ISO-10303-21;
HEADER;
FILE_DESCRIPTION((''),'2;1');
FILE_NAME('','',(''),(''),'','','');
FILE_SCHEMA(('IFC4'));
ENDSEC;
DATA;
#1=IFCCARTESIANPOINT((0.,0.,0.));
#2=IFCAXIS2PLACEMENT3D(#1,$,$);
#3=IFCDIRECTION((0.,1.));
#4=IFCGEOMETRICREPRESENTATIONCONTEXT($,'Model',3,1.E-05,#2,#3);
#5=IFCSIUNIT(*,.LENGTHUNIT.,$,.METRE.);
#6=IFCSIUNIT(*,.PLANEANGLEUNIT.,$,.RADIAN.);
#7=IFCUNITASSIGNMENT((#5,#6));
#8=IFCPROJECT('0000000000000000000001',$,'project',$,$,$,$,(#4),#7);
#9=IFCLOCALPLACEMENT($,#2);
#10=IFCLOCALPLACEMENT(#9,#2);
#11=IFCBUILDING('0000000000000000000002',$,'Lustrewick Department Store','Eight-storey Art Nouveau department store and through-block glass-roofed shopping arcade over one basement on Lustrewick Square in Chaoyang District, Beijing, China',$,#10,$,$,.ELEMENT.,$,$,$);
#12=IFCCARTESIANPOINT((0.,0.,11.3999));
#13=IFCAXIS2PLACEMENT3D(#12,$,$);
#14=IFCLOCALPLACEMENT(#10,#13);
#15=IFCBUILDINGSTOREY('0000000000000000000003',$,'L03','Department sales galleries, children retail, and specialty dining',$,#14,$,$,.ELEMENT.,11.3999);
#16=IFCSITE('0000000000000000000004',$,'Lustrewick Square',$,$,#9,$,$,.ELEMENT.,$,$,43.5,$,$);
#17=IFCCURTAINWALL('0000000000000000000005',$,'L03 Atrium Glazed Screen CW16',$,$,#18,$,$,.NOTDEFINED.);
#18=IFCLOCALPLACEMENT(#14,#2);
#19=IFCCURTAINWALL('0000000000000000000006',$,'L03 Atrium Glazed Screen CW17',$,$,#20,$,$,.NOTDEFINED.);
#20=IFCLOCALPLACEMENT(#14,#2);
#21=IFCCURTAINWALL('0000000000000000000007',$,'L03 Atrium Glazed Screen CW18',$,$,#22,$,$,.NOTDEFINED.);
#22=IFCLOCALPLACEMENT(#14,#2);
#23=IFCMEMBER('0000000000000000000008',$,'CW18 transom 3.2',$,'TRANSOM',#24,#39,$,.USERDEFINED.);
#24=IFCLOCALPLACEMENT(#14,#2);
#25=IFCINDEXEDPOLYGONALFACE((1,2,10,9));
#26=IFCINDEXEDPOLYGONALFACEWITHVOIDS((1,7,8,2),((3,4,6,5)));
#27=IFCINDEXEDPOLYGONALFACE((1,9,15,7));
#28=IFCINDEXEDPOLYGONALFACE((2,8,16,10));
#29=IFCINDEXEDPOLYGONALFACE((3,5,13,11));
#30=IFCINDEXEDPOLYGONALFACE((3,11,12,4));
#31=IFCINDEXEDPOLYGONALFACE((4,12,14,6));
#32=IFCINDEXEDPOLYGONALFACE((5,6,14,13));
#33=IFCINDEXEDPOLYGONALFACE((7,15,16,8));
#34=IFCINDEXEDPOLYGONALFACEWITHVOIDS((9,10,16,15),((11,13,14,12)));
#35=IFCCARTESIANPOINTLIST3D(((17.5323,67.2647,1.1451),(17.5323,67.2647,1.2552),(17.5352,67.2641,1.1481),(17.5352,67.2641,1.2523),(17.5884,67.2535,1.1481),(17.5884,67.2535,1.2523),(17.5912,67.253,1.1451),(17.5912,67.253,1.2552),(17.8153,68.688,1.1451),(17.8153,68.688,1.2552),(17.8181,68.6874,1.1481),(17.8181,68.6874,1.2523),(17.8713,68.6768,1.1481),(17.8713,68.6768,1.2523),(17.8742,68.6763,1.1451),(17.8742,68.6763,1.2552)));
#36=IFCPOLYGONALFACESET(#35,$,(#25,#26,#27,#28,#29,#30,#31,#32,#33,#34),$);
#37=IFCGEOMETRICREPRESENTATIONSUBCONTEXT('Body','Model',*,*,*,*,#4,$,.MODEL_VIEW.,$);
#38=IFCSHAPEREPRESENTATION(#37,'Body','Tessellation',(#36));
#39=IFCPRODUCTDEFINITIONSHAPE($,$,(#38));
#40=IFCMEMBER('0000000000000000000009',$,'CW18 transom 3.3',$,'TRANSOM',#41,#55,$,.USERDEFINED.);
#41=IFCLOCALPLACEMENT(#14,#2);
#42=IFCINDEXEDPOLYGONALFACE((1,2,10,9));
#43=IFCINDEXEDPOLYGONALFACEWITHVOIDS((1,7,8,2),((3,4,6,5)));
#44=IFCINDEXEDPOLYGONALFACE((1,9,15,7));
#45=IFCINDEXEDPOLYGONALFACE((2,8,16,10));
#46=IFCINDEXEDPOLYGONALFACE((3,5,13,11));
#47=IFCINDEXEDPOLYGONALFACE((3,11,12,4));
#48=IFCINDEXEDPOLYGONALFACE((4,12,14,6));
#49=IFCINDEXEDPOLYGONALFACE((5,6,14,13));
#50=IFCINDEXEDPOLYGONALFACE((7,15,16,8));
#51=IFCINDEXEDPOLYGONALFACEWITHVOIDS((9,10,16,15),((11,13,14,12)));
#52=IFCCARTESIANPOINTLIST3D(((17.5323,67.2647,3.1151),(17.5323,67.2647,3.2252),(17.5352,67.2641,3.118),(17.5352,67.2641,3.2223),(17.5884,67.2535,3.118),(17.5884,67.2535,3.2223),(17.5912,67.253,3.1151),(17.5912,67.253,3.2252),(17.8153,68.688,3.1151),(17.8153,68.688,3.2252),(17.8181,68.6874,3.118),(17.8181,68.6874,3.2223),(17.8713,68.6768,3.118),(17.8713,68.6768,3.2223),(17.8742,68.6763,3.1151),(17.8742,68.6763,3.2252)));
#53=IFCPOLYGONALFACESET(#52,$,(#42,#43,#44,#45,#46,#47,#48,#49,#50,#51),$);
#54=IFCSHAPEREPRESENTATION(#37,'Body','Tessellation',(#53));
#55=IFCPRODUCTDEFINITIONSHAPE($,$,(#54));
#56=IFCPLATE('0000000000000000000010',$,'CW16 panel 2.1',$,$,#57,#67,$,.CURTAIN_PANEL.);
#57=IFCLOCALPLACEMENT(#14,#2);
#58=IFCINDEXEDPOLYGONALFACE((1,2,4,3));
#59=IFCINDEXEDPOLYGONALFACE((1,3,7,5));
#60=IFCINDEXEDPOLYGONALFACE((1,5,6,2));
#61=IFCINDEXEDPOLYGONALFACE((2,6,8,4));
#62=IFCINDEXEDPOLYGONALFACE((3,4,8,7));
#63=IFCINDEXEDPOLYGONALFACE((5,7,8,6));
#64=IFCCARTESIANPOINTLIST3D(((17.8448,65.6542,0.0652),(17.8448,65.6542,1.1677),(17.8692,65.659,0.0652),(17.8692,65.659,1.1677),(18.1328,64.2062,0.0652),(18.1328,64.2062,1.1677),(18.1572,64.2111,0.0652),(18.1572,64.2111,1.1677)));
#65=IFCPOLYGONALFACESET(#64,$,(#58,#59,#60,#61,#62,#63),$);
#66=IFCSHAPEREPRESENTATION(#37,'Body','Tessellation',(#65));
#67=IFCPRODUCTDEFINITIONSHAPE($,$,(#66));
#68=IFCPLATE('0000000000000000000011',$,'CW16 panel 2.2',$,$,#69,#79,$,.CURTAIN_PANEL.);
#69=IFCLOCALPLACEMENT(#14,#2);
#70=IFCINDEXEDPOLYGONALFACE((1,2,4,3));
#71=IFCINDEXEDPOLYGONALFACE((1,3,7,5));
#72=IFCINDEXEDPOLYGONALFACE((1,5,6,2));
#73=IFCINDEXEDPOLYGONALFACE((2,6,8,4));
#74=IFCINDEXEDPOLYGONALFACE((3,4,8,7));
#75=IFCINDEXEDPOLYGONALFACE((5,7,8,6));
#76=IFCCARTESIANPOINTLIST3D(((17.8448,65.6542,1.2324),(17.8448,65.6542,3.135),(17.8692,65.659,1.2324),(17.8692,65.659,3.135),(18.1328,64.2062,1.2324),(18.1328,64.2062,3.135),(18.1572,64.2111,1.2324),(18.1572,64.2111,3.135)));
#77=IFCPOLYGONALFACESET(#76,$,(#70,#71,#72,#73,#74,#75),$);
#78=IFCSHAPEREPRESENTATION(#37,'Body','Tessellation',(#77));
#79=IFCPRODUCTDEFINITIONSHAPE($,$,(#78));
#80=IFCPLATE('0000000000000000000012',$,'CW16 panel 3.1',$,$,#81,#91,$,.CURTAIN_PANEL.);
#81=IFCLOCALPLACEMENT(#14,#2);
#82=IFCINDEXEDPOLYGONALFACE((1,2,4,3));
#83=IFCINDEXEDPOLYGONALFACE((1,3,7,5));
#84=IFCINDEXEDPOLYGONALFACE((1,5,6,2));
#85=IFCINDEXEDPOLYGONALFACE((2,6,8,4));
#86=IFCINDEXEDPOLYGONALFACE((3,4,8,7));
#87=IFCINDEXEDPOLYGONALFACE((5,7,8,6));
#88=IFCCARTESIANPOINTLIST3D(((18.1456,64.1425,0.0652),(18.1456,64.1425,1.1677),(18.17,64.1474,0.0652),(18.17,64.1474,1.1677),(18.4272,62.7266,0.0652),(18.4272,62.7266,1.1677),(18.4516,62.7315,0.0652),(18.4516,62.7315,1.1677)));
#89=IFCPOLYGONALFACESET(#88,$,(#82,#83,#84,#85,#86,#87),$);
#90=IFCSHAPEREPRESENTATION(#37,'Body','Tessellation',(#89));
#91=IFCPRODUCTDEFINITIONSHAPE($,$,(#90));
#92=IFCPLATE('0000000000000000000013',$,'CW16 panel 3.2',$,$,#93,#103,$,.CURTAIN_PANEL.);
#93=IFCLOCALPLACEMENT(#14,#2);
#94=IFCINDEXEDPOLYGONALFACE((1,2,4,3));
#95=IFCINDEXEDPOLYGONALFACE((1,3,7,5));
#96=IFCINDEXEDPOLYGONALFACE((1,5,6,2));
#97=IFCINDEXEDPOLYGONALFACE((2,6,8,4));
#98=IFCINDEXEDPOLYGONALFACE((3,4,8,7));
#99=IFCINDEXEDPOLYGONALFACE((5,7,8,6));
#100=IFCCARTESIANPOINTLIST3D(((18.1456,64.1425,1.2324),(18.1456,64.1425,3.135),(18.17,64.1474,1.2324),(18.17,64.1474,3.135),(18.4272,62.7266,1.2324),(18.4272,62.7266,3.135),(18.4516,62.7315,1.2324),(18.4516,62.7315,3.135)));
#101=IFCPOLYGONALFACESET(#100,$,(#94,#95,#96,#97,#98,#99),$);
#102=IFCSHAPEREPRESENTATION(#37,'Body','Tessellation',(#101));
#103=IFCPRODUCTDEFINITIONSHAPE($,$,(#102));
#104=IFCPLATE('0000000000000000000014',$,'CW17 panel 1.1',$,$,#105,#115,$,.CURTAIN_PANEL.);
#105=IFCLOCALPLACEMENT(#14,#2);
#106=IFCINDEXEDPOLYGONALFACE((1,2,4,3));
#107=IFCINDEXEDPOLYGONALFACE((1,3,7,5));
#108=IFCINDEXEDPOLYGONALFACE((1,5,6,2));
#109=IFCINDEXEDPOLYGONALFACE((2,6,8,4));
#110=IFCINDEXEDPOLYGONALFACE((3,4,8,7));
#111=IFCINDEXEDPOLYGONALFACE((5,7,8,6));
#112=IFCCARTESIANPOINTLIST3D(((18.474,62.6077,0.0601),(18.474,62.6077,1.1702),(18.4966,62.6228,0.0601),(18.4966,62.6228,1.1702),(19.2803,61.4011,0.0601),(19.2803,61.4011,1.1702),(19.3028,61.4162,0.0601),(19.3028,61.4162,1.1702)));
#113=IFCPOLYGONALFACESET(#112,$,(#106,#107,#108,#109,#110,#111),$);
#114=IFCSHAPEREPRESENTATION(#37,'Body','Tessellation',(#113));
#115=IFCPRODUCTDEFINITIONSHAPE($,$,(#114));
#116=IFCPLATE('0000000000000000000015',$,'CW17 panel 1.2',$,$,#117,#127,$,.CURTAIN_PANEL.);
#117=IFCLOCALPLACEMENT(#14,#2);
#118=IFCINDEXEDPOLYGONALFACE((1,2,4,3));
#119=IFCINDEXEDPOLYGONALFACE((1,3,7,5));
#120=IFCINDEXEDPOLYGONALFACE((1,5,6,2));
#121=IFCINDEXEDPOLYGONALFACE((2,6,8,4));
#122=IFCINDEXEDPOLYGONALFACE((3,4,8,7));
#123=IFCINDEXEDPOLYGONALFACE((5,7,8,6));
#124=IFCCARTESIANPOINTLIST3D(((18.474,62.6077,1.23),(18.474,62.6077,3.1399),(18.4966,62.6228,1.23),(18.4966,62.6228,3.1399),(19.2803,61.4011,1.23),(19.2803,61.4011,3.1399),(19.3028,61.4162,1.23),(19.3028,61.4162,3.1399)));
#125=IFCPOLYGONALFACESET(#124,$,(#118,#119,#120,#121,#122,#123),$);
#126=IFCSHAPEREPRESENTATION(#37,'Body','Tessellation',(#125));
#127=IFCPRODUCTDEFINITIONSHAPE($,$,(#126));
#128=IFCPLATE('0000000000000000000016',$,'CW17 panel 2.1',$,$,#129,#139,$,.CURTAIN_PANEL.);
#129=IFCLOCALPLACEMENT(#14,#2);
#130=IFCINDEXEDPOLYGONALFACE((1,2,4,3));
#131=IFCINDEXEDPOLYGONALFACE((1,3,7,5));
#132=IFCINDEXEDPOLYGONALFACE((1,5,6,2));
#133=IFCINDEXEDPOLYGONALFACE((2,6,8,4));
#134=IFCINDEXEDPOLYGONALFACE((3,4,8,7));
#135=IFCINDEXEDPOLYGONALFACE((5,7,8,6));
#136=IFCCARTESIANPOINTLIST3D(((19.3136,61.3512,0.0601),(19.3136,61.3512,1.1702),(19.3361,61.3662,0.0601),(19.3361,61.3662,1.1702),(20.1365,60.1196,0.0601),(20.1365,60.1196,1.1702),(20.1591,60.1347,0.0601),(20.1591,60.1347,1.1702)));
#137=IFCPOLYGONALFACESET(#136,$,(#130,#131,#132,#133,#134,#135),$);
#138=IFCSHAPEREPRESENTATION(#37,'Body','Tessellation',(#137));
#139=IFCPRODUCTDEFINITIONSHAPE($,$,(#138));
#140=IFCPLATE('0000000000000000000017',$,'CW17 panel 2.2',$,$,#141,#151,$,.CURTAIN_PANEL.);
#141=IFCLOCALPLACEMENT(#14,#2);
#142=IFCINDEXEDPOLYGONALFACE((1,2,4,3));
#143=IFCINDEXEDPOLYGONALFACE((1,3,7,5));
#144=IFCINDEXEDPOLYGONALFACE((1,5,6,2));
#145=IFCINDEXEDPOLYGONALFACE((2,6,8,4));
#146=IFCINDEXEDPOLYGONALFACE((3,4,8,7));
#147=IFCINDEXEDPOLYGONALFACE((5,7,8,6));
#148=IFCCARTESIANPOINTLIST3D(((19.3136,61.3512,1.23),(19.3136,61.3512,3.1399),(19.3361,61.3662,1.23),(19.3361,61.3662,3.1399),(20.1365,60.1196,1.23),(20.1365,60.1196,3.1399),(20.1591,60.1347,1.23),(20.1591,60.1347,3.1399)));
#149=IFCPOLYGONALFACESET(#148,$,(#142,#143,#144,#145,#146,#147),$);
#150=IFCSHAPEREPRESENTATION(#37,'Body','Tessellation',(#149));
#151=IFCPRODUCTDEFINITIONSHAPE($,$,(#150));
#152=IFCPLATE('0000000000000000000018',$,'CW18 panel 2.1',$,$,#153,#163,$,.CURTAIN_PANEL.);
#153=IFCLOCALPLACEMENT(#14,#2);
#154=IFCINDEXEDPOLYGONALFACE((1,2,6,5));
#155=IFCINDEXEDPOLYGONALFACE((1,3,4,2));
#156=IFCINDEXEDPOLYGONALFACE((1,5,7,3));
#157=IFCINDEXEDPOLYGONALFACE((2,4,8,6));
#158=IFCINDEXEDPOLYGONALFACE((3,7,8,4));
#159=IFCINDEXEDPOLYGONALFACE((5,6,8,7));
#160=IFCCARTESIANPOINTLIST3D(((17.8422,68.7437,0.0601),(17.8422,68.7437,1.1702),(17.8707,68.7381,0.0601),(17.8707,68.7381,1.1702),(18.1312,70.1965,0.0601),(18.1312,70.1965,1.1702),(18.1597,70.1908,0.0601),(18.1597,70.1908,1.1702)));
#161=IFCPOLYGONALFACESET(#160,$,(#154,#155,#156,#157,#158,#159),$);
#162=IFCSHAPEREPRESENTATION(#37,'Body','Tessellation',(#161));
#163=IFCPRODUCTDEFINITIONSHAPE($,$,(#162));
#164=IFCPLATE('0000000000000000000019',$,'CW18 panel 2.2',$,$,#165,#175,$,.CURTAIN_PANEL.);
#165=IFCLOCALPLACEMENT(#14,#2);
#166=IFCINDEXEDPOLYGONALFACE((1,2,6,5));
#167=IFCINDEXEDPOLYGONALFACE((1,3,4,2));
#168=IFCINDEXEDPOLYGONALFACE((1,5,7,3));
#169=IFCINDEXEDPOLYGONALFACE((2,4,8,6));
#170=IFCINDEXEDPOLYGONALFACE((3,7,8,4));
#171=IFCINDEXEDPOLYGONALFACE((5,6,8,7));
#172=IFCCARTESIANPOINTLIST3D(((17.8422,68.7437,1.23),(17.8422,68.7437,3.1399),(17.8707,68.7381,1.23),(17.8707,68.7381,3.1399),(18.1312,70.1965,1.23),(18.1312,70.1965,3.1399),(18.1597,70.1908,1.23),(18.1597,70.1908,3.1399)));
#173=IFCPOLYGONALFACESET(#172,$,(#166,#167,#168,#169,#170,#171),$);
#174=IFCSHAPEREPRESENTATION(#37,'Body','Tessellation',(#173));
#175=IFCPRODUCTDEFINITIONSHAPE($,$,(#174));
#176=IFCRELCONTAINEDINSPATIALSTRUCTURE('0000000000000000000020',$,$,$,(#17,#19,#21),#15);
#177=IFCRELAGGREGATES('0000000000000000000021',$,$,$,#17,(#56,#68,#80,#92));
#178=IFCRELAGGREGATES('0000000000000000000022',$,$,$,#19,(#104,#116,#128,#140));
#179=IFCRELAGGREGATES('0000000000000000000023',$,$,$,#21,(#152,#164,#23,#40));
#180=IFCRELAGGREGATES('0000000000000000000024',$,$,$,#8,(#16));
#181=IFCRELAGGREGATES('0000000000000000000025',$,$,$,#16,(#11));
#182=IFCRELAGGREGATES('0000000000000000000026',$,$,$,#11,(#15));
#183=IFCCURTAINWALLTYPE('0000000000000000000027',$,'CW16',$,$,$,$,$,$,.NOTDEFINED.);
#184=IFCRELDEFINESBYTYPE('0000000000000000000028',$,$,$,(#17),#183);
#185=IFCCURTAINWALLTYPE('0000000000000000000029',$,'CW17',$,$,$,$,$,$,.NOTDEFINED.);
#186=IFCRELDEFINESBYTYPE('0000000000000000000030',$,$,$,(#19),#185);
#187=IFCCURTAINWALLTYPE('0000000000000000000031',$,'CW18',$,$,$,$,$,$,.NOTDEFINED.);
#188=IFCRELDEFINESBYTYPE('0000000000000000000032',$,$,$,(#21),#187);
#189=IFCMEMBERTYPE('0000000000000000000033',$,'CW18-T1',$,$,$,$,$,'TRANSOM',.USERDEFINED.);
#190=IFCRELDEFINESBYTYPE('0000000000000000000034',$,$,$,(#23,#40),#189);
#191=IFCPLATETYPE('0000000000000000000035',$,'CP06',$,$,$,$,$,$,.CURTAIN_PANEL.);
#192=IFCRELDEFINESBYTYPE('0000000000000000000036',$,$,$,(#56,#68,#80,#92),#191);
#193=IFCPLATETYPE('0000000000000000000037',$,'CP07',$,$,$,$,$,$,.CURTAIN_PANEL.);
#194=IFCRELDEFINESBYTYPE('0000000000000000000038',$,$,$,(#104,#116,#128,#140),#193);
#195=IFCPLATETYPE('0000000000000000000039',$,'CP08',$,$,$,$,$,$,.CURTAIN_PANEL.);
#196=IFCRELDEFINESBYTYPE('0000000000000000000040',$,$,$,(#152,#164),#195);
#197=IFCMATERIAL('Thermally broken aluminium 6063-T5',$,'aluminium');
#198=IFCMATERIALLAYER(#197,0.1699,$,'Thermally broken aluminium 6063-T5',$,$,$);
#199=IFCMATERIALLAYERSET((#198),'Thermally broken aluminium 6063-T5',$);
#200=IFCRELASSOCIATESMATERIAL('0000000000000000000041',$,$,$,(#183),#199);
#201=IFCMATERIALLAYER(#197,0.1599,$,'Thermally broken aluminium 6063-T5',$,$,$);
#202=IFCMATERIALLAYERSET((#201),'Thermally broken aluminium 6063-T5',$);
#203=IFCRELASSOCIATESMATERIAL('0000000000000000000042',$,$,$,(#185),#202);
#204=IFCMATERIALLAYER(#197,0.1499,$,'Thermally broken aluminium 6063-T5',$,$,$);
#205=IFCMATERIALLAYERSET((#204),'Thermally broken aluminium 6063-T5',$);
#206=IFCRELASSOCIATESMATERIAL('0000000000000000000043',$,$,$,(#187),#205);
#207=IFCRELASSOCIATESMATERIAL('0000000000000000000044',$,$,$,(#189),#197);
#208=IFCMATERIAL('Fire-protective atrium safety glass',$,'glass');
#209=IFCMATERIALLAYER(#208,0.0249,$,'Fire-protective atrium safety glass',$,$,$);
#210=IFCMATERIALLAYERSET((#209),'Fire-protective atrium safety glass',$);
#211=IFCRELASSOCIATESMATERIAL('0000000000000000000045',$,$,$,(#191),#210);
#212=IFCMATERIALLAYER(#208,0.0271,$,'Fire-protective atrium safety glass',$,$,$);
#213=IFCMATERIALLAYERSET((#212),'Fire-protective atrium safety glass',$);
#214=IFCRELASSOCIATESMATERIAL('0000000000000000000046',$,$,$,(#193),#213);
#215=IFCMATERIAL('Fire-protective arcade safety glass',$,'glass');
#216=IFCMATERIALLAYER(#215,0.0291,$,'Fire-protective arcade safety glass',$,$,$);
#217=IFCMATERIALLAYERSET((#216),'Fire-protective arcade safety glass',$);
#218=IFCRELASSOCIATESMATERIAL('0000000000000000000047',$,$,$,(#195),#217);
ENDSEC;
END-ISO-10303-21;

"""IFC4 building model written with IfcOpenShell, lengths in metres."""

from ifc_helpers import new_model, si_unit, direction, frame, origin, origin_2d, place, context, subcontext, project, spatial, rectangle, hollow_rectangle, extrude, material, layer, layer_set, material_profile, profile_set, type_object, element, aggregate, save


model = new_model("IFC4")

# Units and contexts
model_context = context("Model", 3, precision=1e-05, world=origin(), true_north=direction((0.0, 1.0)))
body_context = subcontext(model_context, "Body", "Model", "MODEL_VIEW")
ifc_project = project(units=[si_unit("LENGTHUNIT", "METRE"), si_unit("PLANEANGLEUNIT", "RADIAN")], contexts=[model_context])

# Site, building, storey
site_placement = place(None, origin())
site = spatial("IfcSite", under=ifc_project, at=site_placement, Name="Lustrewick Square", CompositionType="ELEMENT", RefElevation=43.5)
building_placement = place(site_placement, origin())
building = spatial("IfcBuilding", under=site, at=building_placement, Name="Lustrewick Department Store", Description="Eight-storey Art Nouveau department store and through-block glass-roofed shopping arcade over one basement on Lustrewick Square in Chaoyang District, Beijing, China", CompositionType="ELEMENT")
storey_placement = place(building_placement, frame((0.0, 0.0, 11.3999)))
storey = spatial("IfcBuildingStorey", under=building, at=storey_placement, Name="L03", Description="Department sales galleries, children retail, and specialty dining", CompositionType="ELEMENT", Elevation=11.3999)

# Curtain walls, members
ifc_material_1 = material(Name="Thermally broken aluminium 6063-T5", Category="aluminium")
ifc_layer_1 = layer(ifc_material_1, 0.1699, Name="Thermally broken aluminium 6063-T5")
ifc_layer_set_1 = layer_set([ifc_layer_1], Name="Thermally broken aluminium 6063-T5")
curtain_wall_type_1 = type_object("IfcCurtainWallType", Name="CW16", PredefinedType="NOTDEFINED", material=ifc_layer_set_1)
curtain_wall_1_placement = place(storey_placement, origin())
curtain_wall_1 = element("IfcCurtainWall", 1, at=curtain_wall_1_placement, inside=storey, type_object=curtain_wall_type_1, Name="L03 Atrium Glazed Screen CW16", PredefinedType="NOTDEFINED")
ifc_layer_2 = layer(ifc_material_1, 0.1599, Name="Thermally broken aluminium 6063-T5")
ifc_layer_set_2 = layer_set([ifc_layer_2], Name="Thermally broken aluminium 6063-T5")
curtain_wall_type_2 = type_object("IfcCurtainWallType", Name="CW17", PredefinedType="NOTDEFINED", material=ifc_layer_set_2)
curtain_wall_2_placement = place(storey_placement, origin())
curtain_wall_2 = element("IfcCurtainWall", 2, at=curtain_wall_2_placement, inside=storey, type_object=curtain_wall_type_2, Name="L03 Atrium Glazed Screen CW17", PredefinedType="NOTDEFINED")
ifc_layer_3 = layer(ifc_material_1, 0.1499, Name="Thermally broken aluminium 6063-T5")
ifc_layer_set_3 = layer_set([ifc_layer_3], Name="Thermally broken aluminium 6063-T5")
curtain_wall_type_3 = type_object("IfcCurtainWallType", Name="CW18", PredefinedType="NOTDEFINED", material=ifc_layer_set_3)
curtain_wall_3_placement = place(storey_placement, origin())
curtain_wall_3 = element("IfcCurtainWall", 3, at=curtain_wall_3_placement, inside=storey, type_object=curtain_wall_type_3, Name="L03 Atrium Glazed Screen CW18", PredefinedType="NOTDEFINED")
ifc_material_profile_1 = material_profile(ifc_material_1, hollow_rectangle(XDim=0.0601, YDim=0.1101, WallThickness=0.0029, at=origin_2d()), Name="ALU-T 60x110x3")
ifc_profile_set_1 = profile_set([ifc_material_profile_1], Name="Thermally broken aluminium 6063-T5")
member_type_1 = type_object("IfcMemberType", Name="CW18-T1", ElementType="TRANSOM", PredefinedType="USERDEFINED", material=ifc_profile_set_1)
member_1_placement = place(storey_placement, frame((17.8447, 68.6821, 1.2002), z_axis=(-0.194984, -0.980806, 0.0), x_axis=(0.980806, -0.194984, 0.0)))
member_1 = element("IfcMember", 4, at=member_1_placement, type_object=member_type_1, Name="CW18 transom 3.2", ObjectType="TRANSOM", PredefinedType="USERDEFINED", context=body_context, shape_type="SweptSolid", body=[
    extrude(hollow_rectangle(XDim=0.0601, YDim=0.1101, WallThickness=0.0029, at=origin_2d()), origin(), (0.0, 0.0, 1.0), 1.4512),
])
member_2_placement = place(storey_placement, frame((17.8447, 68.6821, 3.1702), z_axis=(-0.194984, -0.980806, 0.0), x_axis=(0.980806, -0.194984, 0.0)))
member_2 = element("IfcMember", 5, at=member_2_placement, type_object=member_type_1, Name="CW18 transom 3.3", ObjectType="TRANSOM", PredefinedType="USERDEFINED", context=body_context, shape_type="SweptSolid", body=[
    extrude(hollow_rectangle(XDim=0.0601, YDim=0.1101, WallThickness=0.0029, at=origin_2d()), origin(), (0.0, 0.0, 1.0), 1.4512),
])

# Plates
ifc_material_2 = material(Name="Fire-protective atrium safety glass", Category="glass")
ifc_layer_4 = layer(ifc_material_2, 0.0249, Name="Fire-protective atrium safety glass")
ifc_layer_set_4 = layer_set([ifc_layer_4], Name="Fire-protective atrium safety glass")
plate_type_1 = type_object("IfcPlateType", Name="CP06", PredefinedType="CURTAIN_PANEL", material=ifc_layer_set_4)
plate_1_placement = place(storey_placement, frame((18.001, 64.9326, 0.0652), z_axis=(0.0, 0.0, 1.0), x_axis=(0.195085, -0.980786, 0.0)))
plate_1 = element("IfcPlate", 6, at=plate_1_placement, type_object=plate_type_1, Name="CW16 panel 2.1", PredefinedType="CURTAIN_PANEL", context=body_context, shape_type="SweptSolid", body=[
    extrude(rectangle(XDim=1.4763, YDim=0.0249, at=origin_2d()), origin(), (0.0, 0.0, 1.0), 1.1025),
])
plate_2_placement = place(storey_placement, frame((18.001, 64.9326, 1.2324), z_axis=(0.0, 0.0, 1.0), x_axis=(0.195085, -0.980786, 0.0)))
plate_2 = element("IfcPlate", 7, at=plate_2_placement, type_object=plate_type_1, Name="CW16 panel 2.2", PredefinedType="CURTAIN_PANEL", context=body_context, shape_type="SweptSolid", body=[
    extrude(rectangle(XDim=1.4763, YDim=0.0249, at=origin_2d()), origin(), (0.0, 0.0, 1.0), 1.9026),
])
plate_3_placement = place(storey_placement, frame((18.2986, 63.437, 0.0652), z_axis=(0.0, 0.0, 1.0), x_axis=(0.195085, -0.980786, 0.0)))
plate_3 = element("IfcPlate", 8, at=plate_3_placement, type_object=plate_type_1, Name="CW16 panel 3.1", PredefinedType="CURTAIN_PANEL", context=body_context, shape_type="SweptSolid", body=[
    extrude(rectangle(XDim=1.4436, YDim=0.0249, at=origin_2d()), origin(), (0.0, 0.0, 1.0), 1.1025),
])
plate_4_placement = place(storey_placement, frame((18.2986, 63.437, 1.2324), z_axis=(0.0, 0.0, 1.0), x_axis=(0.195085, -0.980786, 0.0)))
plate_4 = element("IfcPlate", 9, at=plate_4_placement, type_object=plate_type_1, Name="CW16 panel 3.2", PredefinedType="CURTAIN_PANEL", context=body_context, shape_type="SweptSolid", body=[
    extrude(rectangle(XDim=1.4436, YDim=0.0249, at=origin_2d()), origin(), (0.0, 0.0, 1.0), 1.9026),
])
aggregate(curtain_wall_1, [plate_1, plate_2, plate_3, plate_4])
ifc_layer_5 = layer(ifc_material_2, 0.0271, Name="Fire-protective atrium safety glass")
ifc_layer_set_5 = layer_set([ifc_layer_5], Name="Fire-protective atrium safety glass")
plate_type_2 = type_object("IfcPlateType", Name="CP07", PredefinedType="CURTAIN_PANEL", material=ifc_layer_set_5)
plate_5_placement = place(storey_placement, frame((18.8884, 62.012, 0.0601), z_axis=(0.0, 0.0, 1.0), x_axis=(0.555578, -0.831464, 0.0)))
plate_5 = element("IfcPlate", 10, at=plate_5_placement, type_object=plate_type_2, Name="CW17 panel 1.1", PredefinedType="CURTAIN_PANEL", context=body_context, shape_type="SweptSolid", body=[
    extrude(rectangle(XDim=1.4512, YDim=0.0271, at=origin_2d()), origin(), (0.0, 0.0, 1.0), 1.1101),
])
plate_6_placement = place(storey_placement, frame((18.8884, 62.012, 1.23), z_axis=(0.0, 0.0, 1.0), x_axis=(0.555578, -0.831464, 0.0)))
plate_6 = element("IfcPlate", 11, at=plate_6_placement, type_object=plate_type_2, Name="CW17 panel 1.2", PredefinedType="CURTAIN_PANEL", context=body_context, shape_type="SweptSolid", body=[
    extrude(rectangle(XDim=1.4512, YDim=0.0271, at=origin_2d()), origin(), (0.0, 0.0, 1.0), 1.9099),
])
plate_7_placement = place(storey_placement, frame((19.7363, 60.7429, 0.0601), z_axis=(0.0, 0.0, 1.0), x_axis=(0.555578, -0.831464, 0.0)))
plate_7 = element("IfcPlate", 12, at=plate_7_placement, type_object=plate_type_2, Name="CW17 panel 2.1", PredefinedType="CURTAIN_PANEL", context=body_context, shape_type="SweptSolid", body=[
    extrude(rectangle(XDim=1.4812, YDim=0.0271, at=origin_2d()), origin(), (0.0, 0.0, 1.0), 1.1101),
])
plate_8_placement = place(storey_placement, frame((19.7363, 60.7429, 1.23), z_axis=(0.0, 0.0, 1.0), x_axis=(0.555578, -0.831464, 0.0)))
plate_8 = element("IfcPlate", 13, at=plate_8_placement, type_object=plate_type_2, Name="CW17 panel 2.2", PredefinedType="CURTAIN_PANEL", context=body_context, shape_type="SweptSolid", body=[
    extrude(rectangle(XDim=1.4812, YDim=0.0271, at=origin_2d()), origin(), (0.0, 0.0, 1.0), 1.9099),
])
aggregate(curtain_wall_2, [plate_5, plate_6, plate_7, plate_8])
ifc_material_3 = material(Name="Fire-protective arcade safety glass", Category="glass")
ifc_layer_6 = layer(ifc_material_3, 0.0291, Name="Fire-protective arcade safety glass")
ifc_layer_set_6 = layer_set([ifc_layer_6], Name="Fire-protective arcade safety glass")
plate_type_3 = type_object("IfcPlateType", Name="CP08", PredefinedType="CURTAIN_PANEL", material=ifc_layer_set_6)
plate_9_placement = place(storey_placement, frame((18.001, 69.4673, 0.0601), z_axis=(0.0, 0.0, 1.0), x_axis=(-0.195085, -0.980786, 0.0)))
plate_9 = element("IfcPlate", 14, at=plate_9_placement, type_object=plate_type_3, Name="CW18 panel 2.1", PredefinedType="CURTAIN_PANEL", context=body_context, shape_type="SweptSolid", body=[
    extrude(rectangle(XDim=1.4812, YDim=0.0291, at=origin_2d()), origin(), (0.0, 0.0, 1.0), 1.1101),
])
plate_10_placement = place(storey_placement, frame((18.001, 69.4673, 1.23), z_axis=(0.0, 0.0, 1.0), x_axis=(-0.195085, -0.980786, 0.0)))
plate_10 = element("IfcPlate", 15, at=plate_10_placement, type_object=plate_type_3, Name="CW18 panel 2.2", PredefinedType="CURTAIN_PANEL", context=body_context, shape_type="SweptSolid", body=[
    extrude(rectangle(XDim=1.4812, YDim=0.0291, at=origin_2d()), origin(), (0.0, 0.0, 1.0), 1.9099),
])
aggregate(curtain_wall_3, [plate_9, plate_10, member_1, member_2])

save(model, "model.ifc")
